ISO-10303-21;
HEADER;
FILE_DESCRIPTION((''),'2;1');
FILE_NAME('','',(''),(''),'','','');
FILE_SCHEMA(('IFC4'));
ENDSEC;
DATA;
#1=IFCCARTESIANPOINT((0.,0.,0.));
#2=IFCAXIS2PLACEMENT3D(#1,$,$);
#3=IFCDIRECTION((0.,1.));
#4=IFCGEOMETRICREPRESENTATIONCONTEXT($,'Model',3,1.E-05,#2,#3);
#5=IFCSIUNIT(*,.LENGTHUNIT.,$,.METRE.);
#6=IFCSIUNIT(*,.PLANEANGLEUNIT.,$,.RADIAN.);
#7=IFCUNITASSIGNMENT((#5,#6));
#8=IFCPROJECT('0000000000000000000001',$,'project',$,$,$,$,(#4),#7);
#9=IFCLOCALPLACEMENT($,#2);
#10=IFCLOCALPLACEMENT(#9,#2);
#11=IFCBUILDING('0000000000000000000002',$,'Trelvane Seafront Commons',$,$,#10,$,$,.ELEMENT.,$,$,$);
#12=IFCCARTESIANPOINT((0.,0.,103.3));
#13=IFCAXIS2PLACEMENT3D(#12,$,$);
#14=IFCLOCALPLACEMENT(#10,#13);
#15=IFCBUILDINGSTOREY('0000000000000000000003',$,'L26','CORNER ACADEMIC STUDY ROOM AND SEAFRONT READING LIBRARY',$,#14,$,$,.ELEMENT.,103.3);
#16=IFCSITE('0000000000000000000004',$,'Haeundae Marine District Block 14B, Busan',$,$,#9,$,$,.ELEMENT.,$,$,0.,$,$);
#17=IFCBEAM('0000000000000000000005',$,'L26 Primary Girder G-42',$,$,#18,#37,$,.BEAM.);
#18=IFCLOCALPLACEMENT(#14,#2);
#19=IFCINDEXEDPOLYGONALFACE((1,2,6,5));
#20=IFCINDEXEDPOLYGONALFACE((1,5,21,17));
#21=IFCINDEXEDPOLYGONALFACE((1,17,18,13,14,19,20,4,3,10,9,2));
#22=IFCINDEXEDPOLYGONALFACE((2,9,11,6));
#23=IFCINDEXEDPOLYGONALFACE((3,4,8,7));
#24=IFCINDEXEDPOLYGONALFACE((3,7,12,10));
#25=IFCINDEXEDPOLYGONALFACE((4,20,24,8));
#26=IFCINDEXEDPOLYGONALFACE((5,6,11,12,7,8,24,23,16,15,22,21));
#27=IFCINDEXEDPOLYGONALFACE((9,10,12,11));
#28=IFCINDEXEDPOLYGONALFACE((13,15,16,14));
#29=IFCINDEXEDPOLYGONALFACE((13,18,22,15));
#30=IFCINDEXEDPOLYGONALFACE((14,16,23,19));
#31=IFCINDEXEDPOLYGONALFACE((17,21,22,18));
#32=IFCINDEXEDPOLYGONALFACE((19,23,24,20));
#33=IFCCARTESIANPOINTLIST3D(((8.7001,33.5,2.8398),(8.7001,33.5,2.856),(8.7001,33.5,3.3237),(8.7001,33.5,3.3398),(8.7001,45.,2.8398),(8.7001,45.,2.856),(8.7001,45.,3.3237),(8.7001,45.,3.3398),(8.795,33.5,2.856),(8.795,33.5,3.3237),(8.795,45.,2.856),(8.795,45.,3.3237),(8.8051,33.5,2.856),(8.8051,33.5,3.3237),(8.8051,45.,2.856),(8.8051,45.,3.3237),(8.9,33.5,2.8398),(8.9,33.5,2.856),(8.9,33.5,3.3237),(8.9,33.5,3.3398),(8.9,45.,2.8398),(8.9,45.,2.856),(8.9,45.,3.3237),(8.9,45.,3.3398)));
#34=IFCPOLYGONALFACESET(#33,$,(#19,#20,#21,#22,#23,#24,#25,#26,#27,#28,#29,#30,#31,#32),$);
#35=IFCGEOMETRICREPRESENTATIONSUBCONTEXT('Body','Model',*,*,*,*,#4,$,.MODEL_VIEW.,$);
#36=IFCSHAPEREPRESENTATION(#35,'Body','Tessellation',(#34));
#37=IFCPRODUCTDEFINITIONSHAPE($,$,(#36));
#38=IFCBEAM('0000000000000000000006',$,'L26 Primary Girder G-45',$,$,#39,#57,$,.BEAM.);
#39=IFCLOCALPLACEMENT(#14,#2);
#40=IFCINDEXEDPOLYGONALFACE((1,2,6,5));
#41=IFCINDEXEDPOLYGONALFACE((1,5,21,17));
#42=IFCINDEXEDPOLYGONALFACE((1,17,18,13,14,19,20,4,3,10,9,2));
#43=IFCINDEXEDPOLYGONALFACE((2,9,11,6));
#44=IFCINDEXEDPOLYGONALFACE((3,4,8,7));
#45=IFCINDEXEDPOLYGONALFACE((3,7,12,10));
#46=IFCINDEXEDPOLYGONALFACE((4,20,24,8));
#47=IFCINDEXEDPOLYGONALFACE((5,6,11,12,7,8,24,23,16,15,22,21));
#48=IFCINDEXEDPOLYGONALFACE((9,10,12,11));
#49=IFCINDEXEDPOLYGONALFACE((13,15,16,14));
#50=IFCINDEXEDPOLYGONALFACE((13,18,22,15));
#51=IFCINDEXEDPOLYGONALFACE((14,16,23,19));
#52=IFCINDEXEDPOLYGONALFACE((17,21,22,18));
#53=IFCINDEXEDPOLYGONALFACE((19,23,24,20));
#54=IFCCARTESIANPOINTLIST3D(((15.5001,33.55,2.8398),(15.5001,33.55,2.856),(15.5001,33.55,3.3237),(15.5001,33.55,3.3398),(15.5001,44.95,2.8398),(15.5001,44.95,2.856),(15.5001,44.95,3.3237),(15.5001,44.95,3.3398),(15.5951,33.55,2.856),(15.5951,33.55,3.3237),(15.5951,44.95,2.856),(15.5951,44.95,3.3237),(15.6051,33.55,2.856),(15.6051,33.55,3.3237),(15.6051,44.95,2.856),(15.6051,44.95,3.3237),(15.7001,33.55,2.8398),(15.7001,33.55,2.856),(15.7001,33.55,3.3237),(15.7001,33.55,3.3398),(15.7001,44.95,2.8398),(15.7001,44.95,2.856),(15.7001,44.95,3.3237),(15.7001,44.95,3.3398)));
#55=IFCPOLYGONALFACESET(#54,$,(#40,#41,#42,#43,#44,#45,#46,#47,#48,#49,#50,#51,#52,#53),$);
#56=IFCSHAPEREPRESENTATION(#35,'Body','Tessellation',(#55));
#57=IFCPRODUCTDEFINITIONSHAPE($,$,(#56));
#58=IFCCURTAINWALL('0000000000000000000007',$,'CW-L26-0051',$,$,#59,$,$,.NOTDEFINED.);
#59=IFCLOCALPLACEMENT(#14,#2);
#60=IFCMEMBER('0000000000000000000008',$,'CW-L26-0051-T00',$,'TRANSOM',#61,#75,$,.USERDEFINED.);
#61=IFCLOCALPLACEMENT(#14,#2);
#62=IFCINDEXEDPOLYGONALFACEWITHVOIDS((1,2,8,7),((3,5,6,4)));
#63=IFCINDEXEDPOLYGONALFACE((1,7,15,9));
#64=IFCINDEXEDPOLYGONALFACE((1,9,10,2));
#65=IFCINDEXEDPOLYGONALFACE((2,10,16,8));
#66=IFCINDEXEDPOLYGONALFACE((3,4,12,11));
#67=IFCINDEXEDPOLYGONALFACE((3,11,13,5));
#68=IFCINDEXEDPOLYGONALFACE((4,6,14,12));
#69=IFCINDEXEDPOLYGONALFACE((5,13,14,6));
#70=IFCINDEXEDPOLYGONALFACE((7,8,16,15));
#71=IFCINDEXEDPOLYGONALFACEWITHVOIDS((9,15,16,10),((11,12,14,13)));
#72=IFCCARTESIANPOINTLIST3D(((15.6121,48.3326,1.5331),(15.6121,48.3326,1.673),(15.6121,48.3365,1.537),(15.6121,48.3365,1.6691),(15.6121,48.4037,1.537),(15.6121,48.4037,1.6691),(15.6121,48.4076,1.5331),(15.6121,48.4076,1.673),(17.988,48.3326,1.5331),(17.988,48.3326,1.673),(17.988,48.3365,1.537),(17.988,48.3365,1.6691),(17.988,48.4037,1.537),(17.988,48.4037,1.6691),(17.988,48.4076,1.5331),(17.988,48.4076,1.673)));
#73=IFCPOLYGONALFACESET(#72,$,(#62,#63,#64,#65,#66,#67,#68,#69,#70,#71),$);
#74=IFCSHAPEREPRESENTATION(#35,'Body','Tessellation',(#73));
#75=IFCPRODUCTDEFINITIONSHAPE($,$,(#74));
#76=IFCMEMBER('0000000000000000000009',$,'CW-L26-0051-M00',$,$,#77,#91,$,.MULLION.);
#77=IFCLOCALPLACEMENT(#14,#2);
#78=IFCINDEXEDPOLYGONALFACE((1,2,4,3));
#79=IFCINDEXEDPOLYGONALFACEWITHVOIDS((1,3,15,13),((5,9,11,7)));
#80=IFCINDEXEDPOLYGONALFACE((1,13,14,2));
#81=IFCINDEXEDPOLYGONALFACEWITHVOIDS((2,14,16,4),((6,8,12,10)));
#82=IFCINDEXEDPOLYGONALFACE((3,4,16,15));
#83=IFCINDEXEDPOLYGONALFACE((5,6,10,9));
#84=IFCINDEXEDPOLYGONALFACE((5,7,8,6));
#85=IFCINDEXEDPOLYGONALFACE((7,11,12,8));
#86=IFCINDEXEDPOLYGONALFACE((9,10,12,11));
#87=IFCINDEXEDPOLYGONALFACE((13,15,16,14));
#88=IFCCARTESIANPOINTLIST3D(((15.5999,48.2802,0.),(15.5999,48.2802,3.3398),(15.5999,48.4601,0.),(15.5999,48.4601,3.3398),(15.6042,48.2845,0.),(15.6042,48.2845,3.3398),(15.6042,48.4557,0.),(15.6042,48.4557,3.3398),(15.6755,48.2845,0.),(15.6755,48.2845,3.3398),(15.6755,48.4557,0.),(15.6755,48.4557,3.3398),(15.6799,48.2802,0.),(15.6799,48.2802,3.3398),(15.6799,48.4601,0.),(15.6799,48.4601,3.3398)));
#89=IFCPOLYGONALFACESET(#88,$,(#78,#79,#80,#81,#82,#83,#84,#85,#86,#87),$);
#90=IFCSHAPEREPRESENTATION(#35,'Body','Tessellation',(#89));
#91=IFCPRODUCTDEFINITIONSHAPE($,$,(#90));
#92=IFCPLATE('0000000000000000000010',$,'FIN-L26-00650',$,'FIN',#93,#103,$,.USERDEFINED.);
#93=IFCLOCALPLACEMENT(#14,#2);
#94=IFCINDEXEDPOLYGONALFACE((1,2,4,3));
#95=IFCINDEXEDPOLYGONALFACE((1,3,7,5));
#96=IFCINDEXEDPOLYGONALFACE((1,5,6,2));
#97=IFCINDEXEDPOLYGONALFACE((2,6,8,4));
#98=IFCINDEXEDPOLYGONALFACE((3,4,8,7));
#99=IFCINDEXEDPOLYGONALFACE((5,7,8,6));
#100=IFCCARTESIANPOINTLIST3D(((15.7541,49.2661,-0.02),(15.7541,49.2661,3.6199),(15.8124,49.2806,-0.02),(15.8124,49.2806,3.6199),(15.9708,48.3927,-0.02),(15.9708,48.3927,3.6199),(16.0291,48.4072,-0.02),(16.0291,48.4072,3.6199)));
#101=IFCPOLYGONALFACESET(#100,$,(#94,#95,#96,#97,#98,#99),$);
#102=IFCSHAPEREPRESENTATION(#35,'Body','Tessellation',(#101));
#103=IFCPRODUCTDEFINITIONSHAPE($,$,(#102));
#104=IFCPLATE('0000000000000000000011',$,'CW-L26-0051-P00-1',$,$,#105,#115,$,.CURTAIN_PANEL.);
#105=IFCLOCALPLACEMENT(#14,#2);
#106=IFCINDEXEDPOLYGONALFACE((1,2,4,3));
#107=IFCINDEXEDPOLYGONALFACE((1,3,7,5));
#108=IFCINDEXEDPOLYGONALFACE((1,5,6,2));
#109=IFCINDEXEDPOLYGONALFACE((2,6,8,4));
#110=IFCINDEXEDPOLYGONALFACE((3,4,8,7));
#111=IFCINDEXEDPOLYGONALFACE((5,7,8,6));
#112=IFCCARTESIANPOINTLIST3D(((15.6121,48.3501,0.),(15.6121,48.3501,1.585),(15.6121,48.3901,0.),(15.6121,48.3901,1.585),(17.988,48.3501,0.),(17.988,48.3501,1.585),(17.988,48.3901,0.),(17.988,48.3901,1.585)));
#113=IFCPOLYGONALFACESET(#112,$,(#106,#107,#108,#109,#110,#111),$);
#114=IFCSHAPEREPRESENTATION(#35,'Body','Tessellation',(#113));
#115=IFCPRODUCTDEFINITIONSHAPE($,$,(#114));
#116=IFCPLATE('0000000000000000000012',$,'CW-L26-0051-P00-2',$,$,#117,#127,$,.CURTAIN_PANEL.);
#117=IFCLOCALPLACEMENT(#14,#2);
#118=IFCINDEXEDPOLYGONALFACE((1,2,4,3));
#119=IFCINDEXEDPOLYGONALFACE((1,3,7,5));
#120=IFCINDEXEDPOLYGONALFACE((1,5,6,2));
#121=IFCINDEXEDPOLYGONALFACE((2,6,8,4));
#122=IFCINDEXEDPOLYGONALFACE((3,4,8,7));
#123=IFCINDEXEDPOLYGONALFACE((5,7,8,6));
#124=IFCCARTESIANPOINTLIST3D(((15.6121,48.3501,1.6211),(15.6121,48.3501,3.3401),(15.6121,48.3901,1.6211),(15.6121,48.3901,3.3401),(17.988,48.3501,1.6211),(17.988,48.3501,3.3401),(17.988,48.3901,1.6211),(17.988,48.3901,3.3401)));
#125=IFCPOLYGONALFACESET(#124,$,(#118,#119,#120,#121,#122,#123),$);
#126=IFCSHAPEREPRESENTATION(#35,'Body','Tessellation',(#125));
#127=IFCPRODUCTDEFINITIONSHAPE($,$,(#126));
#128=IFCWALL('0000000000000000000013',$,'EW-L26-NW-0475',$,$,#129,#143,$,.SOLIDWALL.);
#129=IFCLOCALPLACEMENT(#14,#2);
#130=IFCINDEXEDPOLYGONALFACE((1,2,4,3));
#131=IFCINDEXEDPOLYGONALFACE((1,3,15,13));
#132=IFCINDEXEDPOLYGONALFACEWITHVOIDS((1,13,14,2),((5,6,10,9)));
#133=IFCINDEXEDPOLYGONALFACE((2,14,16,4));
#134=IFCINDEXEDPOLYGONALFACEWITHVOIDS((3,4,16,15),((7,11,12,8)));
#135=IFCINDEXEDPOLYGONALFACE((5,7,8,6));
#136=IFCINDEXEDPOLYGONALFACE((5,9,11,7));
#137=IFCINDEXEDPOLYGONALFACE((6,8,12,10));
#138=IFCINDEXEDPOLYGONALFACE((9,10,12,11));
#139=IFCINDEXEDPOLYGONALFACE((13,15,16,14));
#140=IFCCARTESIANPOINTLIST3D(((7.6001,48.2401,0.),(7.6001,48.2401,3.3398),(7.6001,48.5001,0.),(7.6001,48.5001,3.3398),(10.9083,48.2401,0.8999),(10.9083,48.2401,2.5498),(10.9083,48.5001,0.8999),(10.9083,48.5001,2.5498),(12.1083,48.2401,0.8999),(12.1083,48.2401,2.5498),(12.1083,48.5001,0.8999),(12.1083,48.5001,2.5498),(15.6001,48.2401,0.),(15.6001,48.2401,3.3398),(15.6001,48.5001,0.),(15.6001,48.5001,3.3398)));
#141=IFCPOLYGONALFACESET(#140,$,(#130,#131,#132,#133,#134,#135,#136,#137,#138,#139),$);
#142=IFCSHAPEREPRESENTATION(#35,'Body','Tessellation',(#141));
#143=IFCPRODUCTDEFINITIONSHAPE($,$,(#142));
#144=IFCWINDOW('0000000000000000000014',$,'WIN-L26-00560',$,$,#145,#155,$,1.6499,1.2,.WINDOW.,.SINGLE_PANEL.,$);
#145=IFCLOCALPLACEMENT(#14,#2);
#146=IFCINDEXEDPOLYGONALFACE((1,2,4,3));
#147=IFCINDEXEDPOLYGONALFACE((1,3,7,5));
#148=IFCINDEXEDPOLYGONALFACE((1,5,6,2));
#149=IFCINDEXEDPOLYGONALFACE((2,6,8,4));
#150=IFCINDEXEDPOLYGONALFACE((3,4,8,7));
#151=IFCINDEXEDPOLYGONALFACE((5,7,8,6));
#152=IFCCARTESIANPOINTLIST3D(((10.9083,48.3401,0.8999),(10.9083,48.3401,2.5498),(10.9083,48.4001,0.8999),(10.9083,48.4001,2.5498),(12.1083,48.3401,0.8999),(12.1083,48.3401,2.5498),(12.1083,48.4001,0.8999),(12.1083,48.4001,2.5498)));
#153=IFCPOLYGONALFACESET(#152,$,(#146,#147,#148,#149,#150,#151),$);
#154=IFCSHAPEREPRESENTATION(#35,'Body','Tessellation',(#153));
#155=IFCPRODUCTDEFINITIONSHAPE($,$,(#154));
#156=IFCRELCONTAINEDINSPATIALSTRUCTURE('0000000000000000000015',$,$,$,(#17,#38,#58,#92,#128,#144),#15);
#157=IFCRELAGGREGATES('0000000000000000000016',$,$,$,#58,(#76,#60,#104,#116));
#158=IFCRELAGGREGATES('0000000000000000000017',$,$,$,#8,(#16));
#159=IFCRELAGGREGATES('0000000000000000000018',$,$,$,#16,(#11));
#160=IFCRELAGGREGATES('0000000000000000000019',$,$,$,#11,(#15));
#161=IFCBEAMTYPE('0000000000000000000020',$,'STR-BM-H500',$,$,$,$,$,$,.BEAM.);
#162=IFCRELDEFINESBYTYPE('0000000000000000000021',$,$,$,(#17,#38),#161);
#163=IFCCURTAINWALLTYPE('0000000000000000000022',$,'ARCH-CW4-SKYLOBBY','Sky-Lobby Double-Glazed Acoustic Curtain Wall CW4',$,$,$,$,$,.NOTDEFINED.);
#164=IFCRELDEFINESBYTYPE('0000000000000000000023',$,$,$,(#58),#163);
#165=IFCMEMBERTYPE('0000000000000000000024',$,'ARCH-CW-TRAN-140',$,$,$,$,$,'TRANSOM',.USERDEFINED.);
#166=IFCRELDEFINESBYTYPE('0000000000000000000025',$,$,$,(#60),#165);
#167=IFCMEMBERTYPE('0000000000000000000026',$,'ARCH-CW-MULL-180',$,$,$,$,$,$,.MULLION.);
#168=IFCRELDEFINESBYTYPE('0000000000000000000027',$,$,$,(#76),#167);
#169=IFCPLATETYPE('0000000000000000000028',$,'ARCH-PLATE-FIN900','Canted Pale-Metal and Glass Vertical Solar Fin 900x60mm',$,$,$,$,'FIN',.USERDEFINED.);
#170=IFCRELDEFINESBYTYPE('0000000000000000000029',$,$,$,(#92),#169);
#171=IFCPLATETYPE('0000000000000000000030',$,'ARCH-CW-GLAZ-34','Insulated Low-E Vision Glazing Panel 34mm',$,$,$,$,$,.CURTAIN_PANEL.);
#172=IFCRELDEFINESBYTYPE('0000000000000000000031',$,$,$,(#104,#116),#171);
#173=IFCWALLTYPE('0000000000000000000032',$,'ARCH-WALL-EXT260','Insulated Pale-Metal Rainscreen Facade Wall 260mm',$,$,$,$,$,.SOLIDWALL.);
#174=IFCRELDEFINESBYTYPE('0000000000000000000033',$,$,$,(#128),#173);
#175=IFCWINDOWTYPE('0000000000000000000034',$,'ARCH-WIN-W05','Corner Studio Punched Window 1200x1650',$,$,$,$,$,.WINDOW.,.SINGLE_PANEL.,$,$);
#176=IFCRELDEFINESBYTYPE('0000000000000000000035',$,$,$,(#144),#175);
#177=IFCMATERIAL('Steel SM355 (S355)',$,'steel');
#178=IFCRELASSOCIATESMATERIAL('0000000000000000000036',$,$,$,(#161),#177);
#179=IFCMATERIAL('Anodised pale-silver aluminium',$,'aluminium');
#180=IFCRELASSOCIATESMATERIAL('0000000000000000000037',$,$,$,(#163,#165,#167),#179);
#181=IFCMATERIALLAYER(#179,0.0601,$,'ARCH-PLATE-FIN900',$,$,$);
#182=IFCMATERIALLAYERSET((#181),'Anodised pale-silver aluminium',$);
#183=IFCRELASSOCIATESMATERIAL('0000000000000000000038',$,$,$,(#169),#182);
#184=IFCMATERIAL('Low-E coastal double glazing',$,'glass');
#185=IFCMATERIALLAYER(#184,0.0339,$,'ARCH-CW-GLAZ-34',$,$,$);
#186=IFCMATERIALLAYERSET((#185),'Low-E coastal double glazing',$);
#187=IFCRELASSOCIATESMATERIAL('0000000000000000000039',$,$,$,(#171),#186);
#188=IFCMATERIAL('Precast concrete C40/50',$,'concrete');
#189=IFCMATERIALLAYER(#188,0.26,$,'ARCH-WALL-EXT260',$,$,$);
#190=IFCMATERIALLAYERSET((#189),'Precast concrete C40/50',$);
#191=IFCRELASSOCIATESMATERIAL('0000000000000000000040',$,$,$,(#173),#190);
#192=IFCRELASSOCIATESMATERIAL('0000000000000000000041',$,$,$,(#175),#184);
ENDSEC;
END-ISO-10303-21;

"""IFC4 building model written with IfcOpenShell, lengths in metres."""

from ifc_helpers import new_model, si_unit, direction, frame, frame_2d, origin, origin_2d, place, context, subcontext, project, spatial, rectangle, hollow_rectangle, i_section, extrude, source, transform, mapped, material, layer, layer_set, material_profile, profile_set, type_object, element, fill, aggregate, save


model = new_model("IFC4")

# Units and contexts
model_context = context("Model", 3, precision=1e-05, world=origin(), true_north=direction((0.0, 1.0)))
body_context = subcontext(model_context, "Body", "Model", "MODEL_VIEW")
ifc_project = project(units=[si_unit("LENGTHUNIT", "METRE"), si_unit("PLANEANGLEUNIT", "RADIAN")], contexts=[model_context])

# Site, building, storey
site_placement = place(None, origin())
site = spatial("IfcSite", under=ifc_project, at=site_placement, Name="Haeundae Marine District Block 14B, Busan", CompositionType="ELEMENT", RefElevation=0.0)
building_placement = place(site_placement, origin())
building = spatial("IfcBuilding", under=site, at=building_placement, Name="Trelvane Seafront Commons", CompositionType="ELEMENT")
storey_placement = place(building_placement, frame((0.0, 0.0, 103.3)))
storey = spatial("IfcBuildingStorey", under=building, at=storey_placement, Name="L26", Description="CORNER ACADEMIC STUDY ROOM AND SEAFRONT READING LIBRARY", CompositionType="ELEMENT", Elevation=103.3)

# Shared definitions
ifc_material_1 = material(Name="Steel SM355 (S355)", Category="steel")

# Beams
ifc_material_profile_1 = material_profile(ifc_material_1, i_section(OverallWidth=0.2, OverallDepth=0.5, WebThickness=0.01, FlangeThickness=0.0161, at=origin_2d()), Name="H-500x200x10x16")
ifc_profile_set_1 = profile_set([ifc_material_profile_1], Name="Steel SM355 (S355)")
beam_type_1 = type_object("IfcBeamType", Name="STR-BM-H500", PredefinedType="BEAM", material=ifc_profile_set_1)
shared_shape_1 = source(origin(), body_context, "Body", "SweptSolid", [
    extrude(i_section(OverallWidth=0.2, OverallDepth=0.5, WebThickness=0.01, FlangeThickness=0.0161, at=origin_2d()), origin(), (0.0, 0.0, 1.0), 11.5),
])
for number, where, z_axis, x_axis, name in (
    (1, (8.8, 33.5, 3.0898), (0.0, 1.0, 0.0), (-1.0, 0.0, 0.0), "L26 Primary Girder G-42"),
):
    element("IfcBeam", number, at=place(storey_placement, frame(where, z_axis=z_axis, x_axis=x_axis)), inside=storey, type_object=beam_type_1, Name=name, PredefinedType="BEAM", context=body_context, shape_type="MappedRepresentation", body=[
        mapped(shared_shape_1, transform((0.0, 0.0, 0.0), x_axis=(1.0, 0.0, 0.0), y_axis=(0.0, 1.0, 0.0), z_axis=(0.0, 0.0, 1.0), scale=1.0)),
    ])
shared_shape_2 = source(origin(), body_context, "Body", "SweptSolid", [
    extrude(i_section(OverallWidth=0.2, OverallDepth=0.5, WebThickness=0.01, FlangeThickness=0.0161, at=origin_2d()), origin(), (0.0, 0.0, 1.0), 11.3999),
])
beam_1_placement = place(storey_placement, frame((15.6001, 33.55, 3.0898), z_axis=(0.0, 1.0, 0.0), x_axis=(-1.0, 0.0, 0.0)))
element("IfcBeam", 2, at=beam_1_placement, inside=storey, type_object=beam_type_1, Name="L26 Primary Girder G-45", PredefinedType="BEAM", context=body_context, shape_type="MappedRepresentation", body=[
    mapped(shared_shape_2, transform((0.0, 0.0, 0.0), x_axis=(1.0, 0.0, 0.0), y_axis=(0.0, 1.0, 0.0), z_axis=(0.0, 0.0, 1.0), scale=1.0)),
])

# Curtain wall, members
ifc_material_2 = material(Name="Anodised pale-silver aluminium", Category="aluminium")
curtain_wall_type = type_object("IfcCurtainWallType", Name="ARCH-CW4-SKYLOBBY", Description="Sky-Lobby Double-Glazed Acoustic Curtain Wall CW4", PredefinedType="NOTDEFINED", material=ifc_material_2)
curtain_wall_placement = place(storey_placement, origin())
curtain_wall = element("IfcCurtainWall", 3, at=curtain_wall_placement, inside=storey, type_object=curtain_wall_type, Name="CW-L26-0051", PredefinedType="NOTDEFINED")
ifc_material_profile_2 = material_profile(ifc_material_2, hollow_rectangle(XDim=0.075, YDim=0.1399, WallThickness=0.0039, at=origin_2d()), Name="TRAN-75x140x4")
ifc_profile_set_2 = profile_set([ifc_material_profile_2], Name="Anodised pale-silver aluminium")
member_type_1 = type_object("IfcMemberType", Name="ARCH-CW-TRAN-140", ElementType="TRANSOM", PredefinedType="USERDEFINED", material=ifc_profile_set_2)
shared_shape_3 = source(origin(), body_context, "Body", "SweptSolid", [
    extrude(hollow_rectangle(XDim=0.075, YDim=0.1399, WallThickness=0.0039, at=origin_2d()), origin(), (0.0, 0.0, 1.0), 2.376),
])
member_1_placement = place(storey_placement, frame((15.6121, 48.3701, 1.603), z_axis=(1.0, 0.0, 0.0), x_axis=(0.0, 1.0, 0.0)))
member_1 = element("IfcMember", 4, at=member_1_placement, type_object=member_type_1, Name="CW-L26-0051-T00", ObjectType="TRANSOM", PredefinedType="USERDEFINED", context=body_context, shape_type="MappedRepresentation", body=[
    mapped(shared_shape_3, transform((0.0, 0.0, 0.0), x_axis=(1.0, 0.0, 0.0), y_axis=(0.0, 1.0, 0.0), z_axis=(0.0, 0.0, 1.0), scale=1.0)),
])
ifc_material_profile_3 = material_profile(ifc_material_2, hollow_rectangle(XDim=0.0801, YDim=0.1799, WallThickness=0.0044, at=origin_2d()), Name="MULL-80x180x4.5")
ifc_profile_set_3 = profile_set([ifc_material_profile_3], Name="Anodised pale-silver aluminium")
member_type_2 = type_object("IfcMemberType", Name="ARCH-CW-MULL-180", PredefinedType="MULLION", material=ifc_profile_set_3)
shared_shape_4 = source(origin(), body_context, "Body", "SweptSolid", [
    extrude(hollow_rectangle(XDim=0.0801, YDim=0.1799, WallThickness=0.0044, at=origin_2d()), origin(), (0.0, 0.0, 1.0), 3.3398),
])
member_2_placement = place(storey_placement, frame((15.6399, 48.3701, 0.0), z_axis=(0.0, 0.0, 1.0), x_axis=(1.0, 0.0, 0.0)))
member_2 = element("IfcMember", 5, at=member_2_placement, type_object=member_type_2, Name="CW-L26-0051-M00", PredefinedType="MULLION", context=body_context, shape_type="MappedRepresentation", body=[
    mapped(shared_shape_4, transform((0.0, 0.0, 0.0), x_axis=(1.0, 0.0, 0.0), y_axis=(0.0, 1.0, 0.0), z_axis=(0.0, 0.0, 1.0), scale=1.0)),
])

# Plates
ifc_layer_1 = layer(ifc_material_2, 0.0601, Name="ARCH-PLATE-FIN900")
ifc_layer_set_1 = layer_set([ifc_layer_1], Name="Anodised pale-silver aluminium")
plate_type_1 = type_object("IfcPlateType", Name="ARCH-PLATE-FIN900", Description="Canted Pale-Metal and Glass Vertical Solar Fin 900x60mm", ElementType="FIN", PredefinedType="USERDEFINED", material=ifc_layer_set_1)
shared_shape_5 = source(origin(), body_context, "Body", "SweptSolid", [
    extrude(rectangle(XDim=0.8999, YDim=0.0601, at=origin_2d()), origin(), (0.0, 0.0, 1.0), 3.6399),
])
plate_1_placement = place(storey_placement, frame((15.8916, 48.8367, -0.02), z_axis=(0.0, 0.0, 1.0), x_axis=(-0.240889, 0.970553, 0.0)))
element("IfcPlate", 6, at=plate_1_placement, inside=storey, type_object=plate_type_1, Name="FIN-L26-00650", ObjectType="FIN", PredefinedType="USERDEFINED", context=body_context, shape_type="MappedRepresentation", body=[
    mapped(shared_shape_5, transform((0.0, 0.0, 0.0), x_axis=(1.0, 0.0, 0.0), y_axis=(0.0, 1.0, 0.0), z_axis=(0.0, 0.0, 1.0), scale=1.0)),
])
ifc_material_3 = material(Name="Low-E coastal double glazing", Category="glass")
ifc_layer_2 = layer(ifc_material_3, 0.0339, Name="ARCH-CW-GLAZ-34")
ifc_layer_set_2 = layer_set([ifc_layer_2], Name="Low-E coastal double glazing")
plate_type_2 = type_object("IfcPlateType", Name="ARCH-CW-GLAZ-34", Description="Insulated Low-E Vision Glazing Panel 34mm", PredefinedType="CURTAIN_PANEL", material=ifc_layer_set_2)
shared_shape_6 = source(origin(), body_context, "Body", "SweptSolid", [
    extrude(rectangle(XDim=2.376, YDim=0.04, at=origin_2d()), origin(), (0.0, 0.0, 1.0), 1.585),
])
plate_2_placement = place(storey_placement, frame((16.8, 48.3701, 0.0), z_axis=(0.0, 0.0, 1.0), x_axis=(1.0, 0.0, 0.0)))
plate_2 = element("IfcPlate", 7, at=plate_2_placement, type_object=plate_type_2, Name="CW-L26-0051-P00-1", PredefinedType="CURTAIN_PANEL", context=body_context, shape_type="MappedRepresentation", body=[
    mapped(shared_shape_6, transform((0.0, 0.0, 0.0), x_axis=(1.0, 0.0, 0.0), y_axis=(0.0, 1.0, 0.0), z_axis=(0.0, 0.0, 1.0), scale=1.0)),
])
shared_shape_7 = source(origin(), body_context, "Body", "SweptSolid", [
    extrude(rectangle(XDim=2.376, YDim=0.04, at=origin_2d()), origin(), (0.0, 0.0, 1.0), 1.719),
])
plate_3_placement = place(storey_placement, frame((16.8, 48.3701, 1.6211), z_axis=(0.0, 0.0, 1.0), x_axis=(1.0, 0.0, 0.0)))
plate_3 = element("IfcPlate", 8, at=plate_3_placement, type_object=plate_type_2, Name="CW-L26-0051-P00-2", PredefinedType="CURTAIN_PANEL", context=body_context, shape_type="MappedRepresentation", body=[
    mapped(shared_shape_7, transform((0.0, 0.0, 0.0), x_axis=(1.0, 0.0, 0.0), y_axis=(0.0, 1.0, 0.0), z_axis=(0.0, 0.0, 1.0), scale=1.0)),
])
aggregate(curtain_wall, [member_2, member_1, plate_2, plate_3])

# Wall, opening, window
ifc_material_4 = material(Name="Precast concrete C40/50", Category="concrete")
ifc_layer_3 = layer(ifc_material_4, 0.26, Name="ARCH-WALL-EXT260")
ifc_layer_set_3 = layer_set([ifc_layer_3], Name="Precast concrete C40/50")
wall_type_1 = type_object("IfcWallType", Name="ARCH-WALL-EXT260", Description="Insulated Pale-Metal Rainscreen Facade Wall 260mm", PredefinedType="SOLIDWALL", material=ifc_layer_set_3)
wall_1_placement = place(storey_placement, frame((7.6001, 48.3701, 0.0), z_axis=(0.0, 0.0, 1.0), x_axis=(1.0, 0.0, 0.0)))
wall_1 = element("IfcWall", 9, at=wall_1_placement, inside=storey, type_object=wall_type_1, Name="EW-L26-NW-0475", PredefinedType="SOLIDWALL", context=body_context, shape_type="SweptSolid", body=[
    extrude(rectangle(XDim=8.0, YDim=0.26, at=frame_2d((4.0, 0.0))), origin(), (0.0, 0.0, 1.0), 3.3398),
])
opening_1_placement = place(wall_1_placement, frame((3.3081, 0.0, 0.8999)))
opening_1 = element("IfcOpeningElement", 10, at=opening_1_placement, cuts=wall_1, PredefinedType="OPENING", context=body_context, shape_type="SweptSolid", body=[
    extrude(rectangle(XDim=1.2, YDim=1.6499, at=frame_2d((0.6001, 0.825))), frame((0.0, 0.1399, 0.0), z_axis=(0.0, -1.0, 0.0), x_axis=(1.0, 0.0, 0.0)), (0.0, 0.0, 1.0), 0.28),
])
window_type = type_object("IfcWindowType", Name="ARCH-WIN-W05", Description="Corner Studio Punched Window 1200x1650", PartitioningType="SINGLE_PANEL", PredefinedType="WINDOW", material=ifc_material_3)
shared_shape_8 = source(origin(), body_context, "Body", "SweptSolid", [
    extrude(rectangle(XDim=1.2, YDim=1.6499, at=frame_2d((0.6001, 0.825))), frame((0.0, 0.03, 0.0), z_axis=(0.0, -1.0, 0.0), x_axis=(1.0, 0.0, 0.0)), (0.0, 0.0, 1.0), 0.0601),
])
window_placement = place(opening_1_placement, origin())
window = element("IfcWindow", 11, at=window_placement, inside=storey, type_object=window_type, Name="WIN-L26-00560", OverallHeight=1.6499, OverallWidth=1.2, PartitioningType="SINGLE_PANEL", PredefinedType="WINDOW", context=body_context, shape_type="MappedRepresentation", body=[
    mapped(shared_shape_8, transform((0.0, 0.0, 0.0), x_axis=(1.0, 0.0, 0.0), y_axis=(0.0, 1.0, 0.0), z_axis=(0.0, 0.0, 1.0), scale=1.0)),
])
fill(opening_1, window)

save(model, "model.ifc")
